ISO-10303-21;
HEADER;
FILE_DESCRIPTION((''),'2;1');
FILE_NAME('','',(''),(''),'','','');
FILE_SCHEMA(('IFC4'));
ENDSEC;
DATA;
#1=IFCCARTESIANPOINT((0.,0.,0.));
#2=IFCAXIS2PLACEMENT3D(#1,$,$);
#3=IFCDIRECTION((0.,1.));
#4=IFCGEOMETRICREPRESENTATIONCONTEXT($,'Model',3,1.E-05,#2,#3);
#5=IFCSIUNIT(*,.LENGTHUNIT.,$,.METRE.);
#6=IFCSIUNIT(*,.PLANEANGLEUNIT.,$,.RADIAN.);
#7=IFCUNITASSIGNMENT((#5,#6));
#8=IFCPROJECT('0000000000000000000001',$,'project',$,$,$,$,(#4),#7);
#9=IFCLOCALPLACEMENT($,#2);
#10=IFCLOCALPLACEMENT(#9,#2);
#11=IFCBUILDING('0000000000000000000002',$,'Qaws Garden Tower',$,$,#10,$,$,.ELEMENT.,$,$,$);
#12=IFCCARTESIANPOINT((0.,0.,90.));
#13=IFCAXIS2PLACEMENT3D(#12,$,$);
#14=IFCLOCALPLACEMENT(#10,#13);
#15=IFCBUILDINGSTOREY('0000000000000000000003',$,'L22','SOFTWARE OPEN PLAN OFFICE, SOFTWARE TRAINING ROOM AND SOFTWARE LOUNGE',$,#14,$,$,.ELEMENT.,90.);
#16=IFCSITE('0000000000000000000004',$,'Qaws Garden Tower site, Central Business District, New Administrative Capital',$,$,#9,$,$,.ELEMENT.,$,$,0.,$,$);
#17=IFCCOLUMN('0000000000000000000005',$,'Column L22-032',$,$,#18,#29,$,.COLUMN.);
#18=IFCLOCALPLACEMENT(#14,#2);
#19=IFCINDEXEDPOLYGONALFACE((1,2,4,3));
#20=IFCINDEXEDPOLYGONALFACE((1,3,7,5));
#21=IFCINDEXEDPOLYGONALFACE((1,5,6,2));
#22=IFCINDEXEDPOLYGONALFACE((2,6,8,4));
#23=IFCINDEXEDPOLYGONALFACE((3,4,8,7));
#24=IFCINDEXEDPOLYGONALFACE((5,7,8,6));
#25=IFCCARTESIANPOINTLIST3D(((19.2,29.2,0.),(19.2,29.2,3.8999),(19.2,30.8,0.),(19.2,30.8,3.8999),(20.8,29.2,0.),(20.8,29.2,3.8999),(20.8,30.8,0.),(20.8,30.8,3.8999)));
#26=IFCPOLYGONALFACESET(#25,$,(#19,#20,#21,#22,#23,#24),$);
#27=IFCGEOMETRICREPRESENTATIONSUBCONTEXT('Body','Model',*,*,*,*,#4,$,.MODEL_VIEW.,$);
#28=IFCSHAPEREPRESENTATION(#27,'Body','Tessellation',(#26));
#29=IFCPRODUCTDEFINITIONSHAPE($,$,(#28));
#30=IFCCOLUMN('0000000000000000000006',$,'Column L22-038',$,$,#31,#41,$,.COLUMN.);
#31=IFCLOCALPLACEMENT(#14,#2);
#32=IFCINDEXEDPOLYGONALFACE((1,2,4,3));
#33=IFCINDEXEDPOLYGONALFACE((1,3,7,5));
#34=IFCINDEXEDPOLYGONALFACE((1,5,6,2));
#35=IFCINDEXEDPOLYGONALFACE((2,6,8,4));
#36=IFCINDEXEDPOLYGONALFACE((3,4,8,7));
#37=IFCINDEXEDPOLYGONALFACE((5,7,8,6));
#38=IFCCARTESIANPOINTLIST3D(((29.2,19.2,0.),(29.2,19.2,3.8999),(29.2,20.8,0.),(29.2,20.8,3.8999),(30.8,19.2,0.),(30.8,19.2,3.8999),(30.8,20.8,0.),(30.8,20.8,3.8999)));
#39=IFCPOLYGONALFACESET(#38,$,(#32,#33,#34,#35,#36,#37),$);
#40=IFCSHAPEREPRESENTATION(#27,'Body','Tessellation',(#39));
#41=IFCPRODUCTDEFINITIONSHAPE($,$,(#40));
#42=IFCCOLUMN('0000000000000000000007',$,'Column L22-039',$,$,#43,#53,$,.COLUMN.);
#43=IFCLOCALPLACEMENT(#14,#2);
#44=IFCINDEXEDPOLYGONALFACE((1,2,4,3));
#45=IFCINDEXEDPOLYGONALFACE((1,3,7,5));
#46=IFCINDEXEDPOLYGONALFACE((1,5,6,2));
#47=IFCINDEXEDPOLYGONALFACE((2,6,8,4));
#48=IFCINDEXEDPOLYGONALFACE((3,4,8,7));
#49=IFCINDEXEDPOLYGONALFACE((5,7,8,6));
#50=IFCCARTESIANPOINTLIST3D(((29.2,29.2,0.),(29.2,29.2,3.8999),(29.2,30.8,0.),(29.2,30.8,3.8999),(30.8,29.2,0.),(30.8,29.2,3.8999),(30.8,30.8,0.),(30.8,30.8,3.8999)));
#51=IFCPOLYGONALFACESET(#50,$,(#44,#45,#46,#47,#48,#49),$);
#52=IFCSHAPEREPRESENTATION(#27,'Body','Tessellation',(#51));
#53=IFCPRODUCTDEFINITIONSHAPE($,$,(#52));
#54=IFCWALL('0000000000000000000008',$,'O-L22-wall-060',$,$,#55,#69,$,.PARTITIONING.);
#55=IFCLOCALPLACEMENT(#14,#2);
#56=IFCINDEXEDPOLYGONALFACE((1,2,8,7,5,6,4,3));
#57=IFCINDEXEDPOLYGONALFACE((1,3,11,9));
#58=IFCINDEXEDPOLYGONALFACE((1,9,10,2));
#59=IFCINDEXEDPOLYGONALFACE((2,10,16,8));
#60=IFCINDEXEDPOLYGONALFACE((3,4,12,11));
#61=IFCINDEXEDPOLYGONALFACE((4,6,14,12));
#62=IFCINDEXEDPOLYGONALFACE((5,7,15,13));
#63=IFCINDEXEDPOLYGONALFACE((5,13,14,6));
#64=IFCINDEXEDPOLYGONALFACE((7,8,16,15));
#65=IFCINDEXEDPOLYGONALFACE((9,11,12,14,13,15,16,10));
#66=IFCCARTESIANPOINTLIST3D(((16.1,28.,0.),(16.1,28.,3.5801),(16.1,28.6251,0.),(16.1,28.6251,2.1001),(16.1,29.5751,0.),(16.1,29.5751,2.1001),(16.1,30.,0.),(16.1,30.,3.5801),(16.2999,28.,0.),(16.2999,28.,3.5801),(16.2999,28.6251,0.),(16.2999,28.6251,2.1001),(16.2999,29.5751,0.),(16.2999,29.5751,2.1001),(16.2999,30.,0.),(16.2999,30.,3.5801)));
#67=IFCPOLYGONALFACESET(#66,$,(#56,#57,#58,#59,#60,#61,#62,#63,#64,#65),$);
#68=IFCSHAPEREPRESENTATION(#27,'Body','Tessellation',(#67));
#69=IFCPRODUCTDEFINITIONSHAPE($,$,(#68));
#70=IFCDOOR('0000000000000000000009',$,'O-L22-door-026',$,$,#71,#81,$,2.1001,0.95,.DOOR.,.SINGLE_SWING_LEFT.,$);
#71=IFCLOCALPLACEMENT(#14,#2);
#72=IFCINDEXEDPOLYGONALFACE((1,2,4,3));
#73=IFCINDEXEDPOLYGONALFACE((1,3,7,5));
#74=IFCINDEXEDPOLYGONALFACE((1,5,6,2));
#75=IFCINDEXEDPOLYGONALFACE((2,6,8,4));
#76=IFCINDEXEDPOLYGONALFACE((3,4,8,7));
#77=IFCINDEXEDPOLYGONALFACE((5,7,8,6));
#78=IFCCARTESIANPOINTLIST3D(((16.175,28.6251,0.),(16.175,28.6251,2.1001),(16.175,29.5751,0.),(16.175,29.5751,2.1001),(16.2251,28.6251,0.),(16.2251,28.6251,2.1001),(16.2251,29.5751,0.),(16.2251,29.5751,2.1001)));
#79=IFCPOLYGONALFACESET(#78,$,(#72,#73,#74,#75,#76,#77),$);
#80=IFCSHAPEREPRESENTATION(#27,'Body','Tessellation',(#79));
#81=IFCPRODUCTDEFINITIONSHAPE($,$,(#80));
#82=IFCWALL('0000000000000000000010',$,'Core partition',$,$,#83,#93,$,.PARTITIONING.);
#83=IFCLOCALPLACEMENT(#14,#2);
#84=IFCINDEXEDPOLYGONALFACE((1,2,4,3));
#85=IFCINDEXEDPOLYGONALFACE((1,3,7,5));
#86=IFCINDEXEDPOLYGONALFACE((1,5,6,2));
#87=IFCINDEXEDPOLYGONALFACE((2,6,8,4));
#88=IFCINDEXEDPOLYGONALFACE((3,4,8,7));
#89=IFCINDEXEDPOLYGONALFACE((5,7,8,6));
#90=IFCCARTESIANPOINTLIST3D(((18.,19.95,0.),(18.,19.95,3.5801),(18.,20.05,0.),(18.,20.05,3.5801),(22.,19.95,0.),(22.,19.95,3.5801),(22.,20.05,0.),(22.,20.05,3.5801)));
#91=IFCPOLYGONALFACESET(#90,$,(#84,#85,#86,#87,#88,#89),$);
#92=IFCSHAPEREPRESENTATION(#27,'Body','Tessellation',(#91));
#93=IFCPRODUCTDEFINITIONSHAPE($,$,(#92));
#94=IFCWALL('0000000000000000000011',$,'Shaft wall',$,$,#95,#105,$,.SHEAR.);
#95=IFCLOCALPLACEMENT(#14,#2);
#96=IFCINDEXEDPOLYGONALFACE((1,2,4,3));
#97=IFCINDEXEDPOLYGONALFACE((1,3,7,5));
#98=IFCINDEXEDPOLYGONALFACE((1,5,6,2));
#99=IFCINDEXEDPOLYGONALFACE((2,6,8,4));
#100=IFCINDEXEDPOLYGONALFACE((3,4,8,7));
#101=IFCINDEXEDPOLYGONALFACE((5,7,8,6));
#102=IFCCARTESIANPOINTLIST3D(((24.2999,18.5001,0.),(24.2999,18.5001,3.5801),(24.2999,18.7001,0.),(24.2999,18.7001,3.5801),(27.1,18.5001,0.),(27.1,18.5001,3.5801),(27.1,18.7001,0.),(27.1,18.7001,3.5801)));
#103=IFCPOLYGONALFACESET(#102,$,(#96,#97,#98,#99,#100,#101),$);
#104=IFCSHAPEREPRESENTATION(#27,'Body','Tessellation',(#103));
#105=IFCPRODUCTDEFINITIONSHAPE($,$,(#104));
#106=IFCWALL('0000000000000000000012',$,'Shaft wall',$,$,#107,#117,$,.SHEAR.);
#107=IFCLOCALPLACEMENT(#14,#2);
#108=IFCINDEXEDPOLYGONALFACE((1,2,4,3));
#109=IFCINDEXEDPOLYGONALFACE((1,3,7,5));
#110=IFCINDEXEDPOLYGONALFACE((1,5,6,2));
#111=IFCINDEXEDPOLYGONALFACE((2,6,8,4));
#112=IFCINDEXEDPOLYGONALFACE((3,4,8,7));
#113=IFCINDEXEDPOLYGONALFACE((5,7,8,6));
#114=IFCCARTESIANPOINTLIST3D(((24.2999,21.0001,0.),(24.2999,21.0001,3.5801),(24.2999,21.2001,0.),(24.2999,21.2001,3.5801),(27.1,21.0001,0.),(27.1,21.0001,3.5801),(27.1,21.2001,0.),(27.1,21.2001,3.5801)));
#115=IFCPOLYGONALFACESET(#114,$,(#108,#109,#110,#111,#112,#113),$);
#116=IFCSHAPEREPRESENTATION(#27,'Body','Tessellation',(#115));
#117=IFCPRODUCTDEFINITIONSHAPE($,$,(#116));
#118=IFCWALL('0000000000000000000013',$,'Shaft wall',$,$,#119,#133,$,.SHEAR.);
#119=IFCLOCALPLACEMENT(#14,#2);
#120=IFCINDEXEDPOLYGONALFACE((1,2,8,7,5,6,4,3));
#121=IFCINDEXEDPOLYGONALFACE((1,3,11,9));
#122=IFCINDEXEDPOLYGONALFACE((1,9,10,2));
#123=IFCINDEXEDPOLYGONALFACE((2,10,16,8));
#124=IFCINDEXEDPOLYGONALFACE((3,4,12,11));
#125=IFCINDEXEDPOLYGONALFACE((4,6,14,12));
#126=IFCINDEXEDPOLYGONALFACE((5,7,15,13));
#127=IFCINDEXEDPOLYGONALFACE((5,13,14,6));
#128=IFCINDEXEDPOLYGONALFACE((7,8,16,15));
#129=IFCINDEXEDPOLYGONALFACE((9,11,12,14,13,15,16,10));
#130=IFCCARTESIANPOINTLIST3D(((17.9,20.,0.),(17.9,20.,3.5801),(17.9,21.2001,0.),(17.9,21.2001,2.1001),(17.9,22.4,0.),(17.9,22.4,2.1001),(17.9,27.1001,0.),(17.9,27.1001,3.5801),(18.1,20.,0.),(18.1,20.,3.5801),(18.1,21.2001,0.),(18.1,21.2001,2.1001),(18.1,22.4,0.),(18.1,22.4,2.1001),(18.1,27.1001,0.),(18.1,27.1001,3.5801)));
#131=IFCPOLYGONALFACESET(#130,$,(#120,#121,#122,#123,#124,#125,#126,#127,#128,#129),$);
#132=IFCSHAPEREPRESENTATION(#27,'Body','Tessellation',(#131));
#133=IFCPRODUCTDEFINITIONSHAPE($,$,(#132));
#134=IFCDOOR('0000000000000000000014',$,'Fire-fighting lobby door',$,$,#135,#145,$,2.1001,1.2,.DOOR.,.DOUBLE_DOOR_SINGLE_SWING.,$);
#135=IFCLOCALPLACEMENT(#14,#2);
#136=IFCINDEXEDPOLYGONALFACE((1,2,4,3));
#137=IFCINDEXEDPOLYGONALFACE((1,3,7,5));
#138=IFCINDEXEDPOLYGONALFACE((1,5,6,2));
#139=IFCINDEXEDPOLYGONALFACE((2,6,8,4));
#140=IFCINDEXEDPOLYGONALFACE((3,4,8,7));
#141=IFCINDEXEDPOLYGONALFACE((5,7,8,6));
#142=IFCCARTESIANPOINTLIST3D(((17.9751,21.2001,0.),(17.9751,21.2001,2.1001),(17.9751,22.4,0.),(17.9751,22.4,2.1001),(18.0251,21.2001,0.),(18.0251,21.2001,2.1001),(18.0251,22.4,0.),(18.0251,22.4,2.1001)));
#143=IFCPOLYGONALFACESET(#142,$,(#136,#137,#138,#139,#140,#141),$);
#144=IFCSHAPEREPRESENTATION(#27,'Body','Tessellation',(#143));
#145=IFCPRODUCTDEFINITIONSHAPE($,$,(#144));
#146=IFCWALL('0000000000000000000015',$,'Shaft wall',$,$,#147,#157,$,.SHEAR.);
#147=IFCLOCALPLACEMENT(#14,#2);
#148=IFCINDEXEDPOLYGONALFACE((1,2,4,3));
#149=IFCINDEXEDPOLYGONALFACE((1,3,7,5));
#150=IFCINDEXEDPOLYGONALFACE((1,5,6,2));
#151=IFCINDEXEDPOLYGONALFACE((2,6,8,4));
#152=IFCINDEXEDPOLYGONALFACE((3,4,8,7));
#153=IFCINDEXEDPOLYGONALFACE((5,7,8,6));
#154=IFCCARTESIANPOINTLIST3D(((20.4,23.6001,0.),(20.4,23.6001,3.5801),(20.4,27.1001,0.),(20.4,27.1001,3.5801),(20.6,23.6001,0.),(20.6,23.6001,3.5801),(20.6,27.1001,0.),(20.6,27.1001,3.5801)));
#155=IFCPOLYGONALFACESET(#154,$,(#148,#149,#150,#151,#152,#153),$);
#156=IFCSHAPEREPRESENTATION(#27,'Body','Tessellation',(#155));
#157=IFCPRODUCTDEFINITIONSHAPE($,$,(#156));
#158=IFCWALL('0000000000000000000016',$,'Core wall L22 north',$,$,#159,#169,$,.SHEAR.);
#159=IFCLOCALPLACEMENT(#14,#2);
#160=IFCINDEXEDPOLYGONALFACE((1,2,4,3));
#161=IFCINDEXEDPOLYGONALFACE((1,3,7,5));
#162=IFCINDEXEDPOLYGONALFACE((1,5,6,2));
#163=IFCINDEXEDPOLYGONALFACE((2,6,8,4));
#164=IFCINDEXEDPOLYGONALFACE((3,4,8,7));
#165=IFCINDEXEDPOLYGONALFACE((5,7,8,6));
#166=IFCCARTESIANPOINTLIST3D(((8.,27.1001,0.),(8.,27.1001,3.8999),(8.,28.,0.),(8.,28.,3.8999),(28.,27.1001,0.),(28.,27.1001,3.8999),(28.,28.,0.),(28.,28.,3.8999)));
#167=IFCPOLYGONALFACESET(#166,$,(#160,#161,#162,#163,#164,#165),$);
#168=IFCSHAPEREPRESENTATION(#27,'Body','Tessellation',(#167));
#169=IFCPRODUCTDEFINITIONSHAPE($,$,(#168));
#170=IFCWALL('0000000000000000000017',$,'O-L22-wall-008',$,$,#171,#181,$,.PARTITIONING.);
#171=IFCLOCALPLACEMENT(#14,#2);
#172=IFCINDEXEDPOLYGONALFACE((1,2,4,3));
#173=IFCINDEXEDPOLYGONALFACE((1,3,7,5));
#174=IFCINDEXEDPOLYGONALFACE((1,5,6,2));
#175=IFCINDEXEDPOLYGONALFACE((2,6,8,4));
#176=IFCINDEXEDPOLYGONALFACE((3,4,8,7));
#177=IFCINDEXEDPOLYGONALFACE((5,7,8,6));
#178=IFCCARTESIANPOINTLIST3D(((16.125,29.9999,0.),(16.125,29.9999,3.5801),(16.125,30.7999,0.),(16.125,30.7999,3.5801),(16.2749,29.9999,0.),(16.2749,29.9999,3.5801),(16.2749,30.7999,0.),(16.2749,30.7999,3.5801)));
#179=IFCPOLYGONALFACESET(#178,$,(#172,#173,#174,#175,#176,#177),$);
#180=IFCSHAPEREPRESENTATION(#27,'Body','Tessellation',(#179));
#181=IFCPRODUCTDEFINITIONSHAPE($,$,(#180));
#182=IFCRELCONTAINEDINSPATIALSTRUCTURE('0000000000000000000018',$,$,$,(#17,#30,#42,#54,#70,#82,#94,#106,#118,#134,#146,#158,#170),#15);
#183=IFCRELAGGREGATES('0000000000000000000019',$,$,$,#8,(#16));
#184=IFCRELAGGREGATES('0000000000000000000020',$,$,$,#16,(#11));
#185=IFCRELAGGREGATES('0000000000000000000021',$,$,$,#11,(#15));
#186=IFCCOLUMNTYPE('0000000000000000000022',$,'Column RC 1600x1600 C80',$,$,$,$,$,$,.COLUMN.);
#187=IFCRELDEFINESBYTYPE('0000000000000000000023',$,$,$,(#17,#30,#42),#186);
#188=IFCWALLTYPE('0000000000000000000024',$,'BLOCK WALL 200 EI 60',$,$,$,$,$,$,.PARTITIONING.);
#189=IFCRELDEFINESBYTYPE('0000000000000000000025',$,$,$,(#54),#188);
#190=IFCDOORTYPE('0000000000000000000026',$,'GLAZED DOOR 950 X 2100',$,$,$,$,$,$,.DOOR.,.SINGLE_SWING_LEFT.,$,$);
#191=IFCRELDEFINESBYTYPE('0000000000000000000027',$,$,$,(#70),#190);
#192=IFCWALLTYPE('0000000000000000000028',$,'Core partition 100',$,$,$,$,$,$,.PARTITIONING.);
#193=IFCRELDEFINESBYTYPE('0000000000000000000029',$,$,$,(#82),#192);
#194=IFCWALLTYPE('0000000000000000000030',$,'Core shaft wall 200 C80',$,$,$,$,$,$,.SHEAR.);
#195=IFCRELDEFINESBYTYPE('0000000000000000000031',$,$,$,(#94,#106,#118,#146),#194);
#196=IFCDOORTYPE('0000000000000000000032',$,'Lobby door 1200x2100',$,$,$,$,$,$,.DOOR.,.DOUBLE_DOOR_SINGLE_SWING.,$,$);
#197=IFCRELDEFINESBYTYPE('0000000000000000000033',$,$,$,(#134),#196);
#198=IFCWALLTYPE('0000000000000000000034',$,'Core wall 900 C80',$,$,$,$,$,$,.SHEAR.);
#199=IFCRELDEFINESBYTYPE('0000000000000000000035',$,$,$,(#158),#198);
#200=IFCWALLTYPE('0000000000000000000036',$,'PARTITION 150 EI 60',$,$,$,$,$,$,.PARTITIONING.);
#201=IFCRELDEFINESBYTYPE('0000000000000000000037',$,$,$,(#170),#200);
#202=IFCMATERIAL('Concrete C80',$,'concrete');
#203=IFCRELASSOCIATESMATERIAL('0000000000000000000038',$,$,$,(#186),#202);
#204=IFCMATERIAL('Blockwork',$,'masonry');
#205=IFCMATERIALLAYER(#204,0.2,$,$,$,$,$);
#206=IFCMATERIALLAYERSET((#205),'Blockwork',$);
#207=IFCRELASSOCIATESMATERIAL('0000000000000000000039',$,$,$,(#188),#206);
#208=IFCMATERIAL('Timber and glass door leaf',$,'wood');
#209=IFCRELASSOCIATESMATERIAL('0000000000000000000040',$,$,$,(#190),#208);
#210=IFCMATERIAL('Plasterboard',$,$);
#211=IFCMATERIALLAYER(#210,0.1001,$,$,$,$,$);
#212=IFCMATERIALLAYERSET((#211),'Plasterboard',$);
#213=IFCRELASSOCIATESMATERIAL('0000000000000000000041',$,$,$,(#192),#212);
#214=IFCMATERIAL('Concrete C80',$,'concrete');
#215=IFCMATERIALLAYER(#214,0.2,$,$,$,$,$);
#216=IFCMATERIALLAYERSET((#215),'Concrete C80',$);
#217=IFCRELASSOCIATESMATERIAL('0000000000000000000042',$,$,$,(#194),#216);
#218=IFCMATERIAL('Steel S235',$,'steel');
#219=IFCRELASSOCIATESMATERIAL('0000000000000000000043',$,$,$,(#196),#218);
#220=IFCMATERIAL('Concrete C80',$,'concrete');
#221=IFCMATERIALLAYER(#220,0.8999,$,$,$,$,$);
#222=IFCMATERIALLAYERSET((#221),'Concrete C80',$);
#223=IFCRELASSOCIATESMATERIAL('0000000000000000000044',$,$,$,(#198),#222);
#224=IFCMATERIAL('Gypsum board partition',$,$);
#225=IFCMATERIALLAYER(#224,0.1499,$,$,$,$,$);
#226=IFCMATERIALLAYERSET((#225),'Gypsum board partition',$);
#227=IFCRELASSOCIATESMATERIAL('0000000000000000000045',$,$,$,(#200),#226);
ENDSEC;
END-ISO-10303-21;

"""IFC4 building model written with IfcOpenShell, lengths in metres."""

from ifc_helpers import new_model, si_unit, direction, frame, frame_2d, origin, origin_2d, place, context, subcontext, project, spatial, rectangle, extrude, material, layer, layer_set, material_profile, profile_set, type_object, element, fill, save


model = new_model("IFC4")

# Units and contexts
model_context = context("Model", 3, precision=1e-05, world=origin(), true_north=direction((0.0, 1.0)))
body_context = subcontext(model_context, "Body", "Model", "MODEL_VIEW")
ifc_project = project(units=[si_unit("LENGTHUNIT", "METRE"), si_unit("PLANEANGLEUNIT", "RADIAN")], contexts=[model_context])

# Site, building, storey
site_placement = place(None, origin())
site = spatial("IfcSite", under=ifc_project, at=site_placement, Name="Qaws Garden Tower site, Central Business District, New Administrative Capital", CompositionType="ELEMENT", RefElevation=0.0)
building_placement = place(site_placement, origin())
building = spatial("IfcBuilding", under=site, at=building_placement, Name="Qaws Garden Tower", CompositionType="ELEMENT")
storey_placement = place(building_placement, frame((0.0, 0.0, 90.0)))
storey = spatial("IfcBuildingStorey", under=building, at=storey_placement, Name="L22", Description="SOFTWARE OPEN PLAN OFFICE, SOFTWARE TRAINING ROOM AND SOFTWARE LOUNGE", CompositionType="ELEMENT", Elevation=90.0)

# Columns
ifc_material_1 = material(Name="Concrete C80", Category="concrete")
ifc_material_profile = material_profile(ifc_material_1, rectangle(XDim=1.6001, YDim=1.6001, at=origin_2d()), Name="RC 1600x1600")
ifc_profile_set = profile_set([ifc_material_profile], Name="Concrete C80")
column_type = type_object("IfcColumnType", Name="Column RC 1600x1600 C80", PredefinedType="COLUMN", material=ifc_profile_set)
for number, where, z_axis, x_axis, name in (
    (1, (20.0, 30.0, 0.0), (0.0, 0.0, 1.0), (1.0, 0.0, 0.0), "Column L22-032"),
    (2, (30.0, 20.0, 0.0), (0.0, 0.0, 1.0), (1.0, 0.0, 0.0), "Column L22-038"),
    (3, (30.0, 30.0, 0.0), (0.0, 0.0, 1.0), (1.0, 0.0, 0.0), "Column L22-039"),
):
    element("IfcColumn", number, at=place(storey_placement, frame(where, z_axis=z_axis, x_axis=x_axis)), inside=storey, type_object=column_type, Name=name, PredefinedType="COLUMN", context=body_context, shape_type="SweptSolid", body=[
        extrude(rectangle(XDim=1.6001, YDim=1.6001, at=origin_2d()), origin(), (0.0, 0.0, 1.0), 3.8999),
    ])

# Wall, opening, door
ifc_material_2 = material(Name="Blockwork", Category="masonry")
ifc_layer_1 = layer(ifc_material_2, 0.2)
ifc_layer_set_1 = layer_set([ifc_layer_1], Name="Blockwork")
wall_type_1 = type_object("IfcWallType", Name="BLOCK WALL 200 EI 60", PredefinedType="PARTITIONING", material=ifc_layer_set_1)
wall_1_placement = place(storey_placement, frame((16.2, 28.0, 0.0), z_axis=(0.0, 0.0, 1.0), x_axis=(0.0, 1.0, 0.0)))
wall_1 = element("IfcWall", 4, at=wall_1_placement, inside=storey, type_object=wall_type_1, Name="O-L22-wall-060", PredefinedType="PARTITIONING", context=body_context, shape_type="SweptSolid", body=[
    extrude(rectangle(XDim=2.0, YDim=0.2, at=frame_2d((1.0, 0.0))), origin(), (0.0, 0.0, 1.0), 3.5801),
])
opening_1_placement = place(wall_1_placement, frame((0.625, 0.0, 0.0)))
opening_1 = element("IfcOpeningElement", 5, at=opening_1_placement, cuts=wall_1, PredefinedType="OPENING", context=body_context, shape_type="SweptSolid", body=[
    extrude(rectangle(XDim=0.95, YDim=2.1001, at=frame_2d((0.4751, 1.05))), frame((0.0, 0.1099, 0.0), z_axis=(0.0, -1.0, 0.0), x_axis=(1.0, 0.0, 0.0)), (0.0, 0.0, 1.0), 0.22),
])
ifc_material_3 = material(Name="Timber and glass door leaf", Category="wood")
door_type_1 = type_object("IfcDoorType", Name="GLAZED DOOR 950 X 2100", OperationType="SINGLE_SWING_LEFT", PredefinedType="DOOR", material=ifc_material_3)
door_1_placement = place(opening_1_placement, origin())
door_1 = element("IfcDoor", 6, at=door_1_placement, inside=storey, type_object=door_type_1, Name="O-L22-door-026", OperationType="SINGLE_SWING_LEFT", OverallHeight=2.1001, OverallWidth=0.95, PredefinedType="DOOR", context=body_context, shape_type="SweptSolid", body=[
    extrude(rectangle(XDim=0.95, YDim=2.1001, at=frame_2d((0.4751, 1.05))), frame((0.0, 0.0249, 0.0), z_axis=(0.0, -1.0, 0.0), x_axis=(1.0, 0.0, 0.0)), (0.0, 0.0, 1.0), 0.05),
])
fill(opening_1, door_1)

# Walls
ifc_material_4 = material(Name="Plasterboard")
ifc_layer_2 = layer(ifc_material_4, 0.1001)
ifc_layer_set_2 = layer_set([ifc_layer_2], Name="Plasterboard")
wall_type_2 = type_object("IfcWallType", Name="Core partition 100", PredefinedType="PARTITIONING", material=ifc_layer_set_2)
wall_2_placement = place(storey_placement, frame((18.0, 20.0, 0.0), z_axis=(0.0, 0.0, 1.0), x_axis=(1.0, 0.0, 0.0)))
element("IfcWall", 7, at=wall_2_placement, inside=storey, type_object=wall_type_2, Name="Core partition", PredefinedType="PARTITIONING", context=body_context, shape_type="SweptSolid", body=[
    extrude(rectangle(XDim=4.0, YDim=0.1001, at=frame_2d((2.0, 0.0))), origin(), (0.0, 0.0, 1.0), 3.5801),
])
ifc_material_5 = material(Name="Concrete C80", Category="concrete")
ifc_layer_3 = layer(ifc_material_5, 0.2)
ifc_layer_set_3 = layer_set([ifc_layer_3], Name="Concrete C80")
wall_type_3 = type_object("IfcWallType", Name="Core shaft wall 200 C80", PredefinedType="SHEAR", material=ifc_layer_set_3)
for number, where, z_axis, x_axis, name in (
    (8, (24.3, 18.6001, 0.0), (0.0, 0.0, 1.0), (1.0, 0.0, 0.0), "Shaft wall"),
    (9, (24.3, 21.1001, 0.0), (0.0, 0.0, 1.0), (1.0, 0.0, 0.0), "Shaft wall"),
):
    element("IfcWall", number, at=place(storey_placement, frame(where, z_axis=z_axis, x_axis=x_axis)), inside=storey, type_object=wall_type_3, Name=name, PredefinedType="SHEAR", context=body_context, shape_type="SweptSolid", body=[
        extrude(rectangle(XDim=2.8, YDim=0.2, at=frame_2d((1.3999, 0.0))), origin(), (0.0, 0.0, 1.0), 3.5801),
    ])

# Wall, opening, door
wall_3_placement = place(storey_placement, frame((18.0, 20.0, 0.0), z_axis=(0.0, 0.0, 1.0), x_axis=(0.0, 1.0, 0.0)))
wall_3 = element("IfcWall", 10, at=wall_3_placement, inside=storey, type_object=wall_type_3, Name="Shaft wall", PredefinedType="SHEAR", context=body_context, shape_type="SweptSolid", body=[
    extrude(rectangle(XDim=7.1001, YDim=0.2, at=frame_2d((3.55, 0.0))), origin(), (0.0, 0.0, 1.0), 3.5801),
])
opening_2_placement = place(wall_3_placement, frame((1.2, 0.0, 0.0)))
opening_2 = element("IfcOpeningElement", 11, at=opening_2_placement, cuts=wall_3, PredefinedType="OPENING", context=body_context, shape_type="SweptSolid", body=[
    extrude(rectangle(XDim=1.2, YDim=2.1001, at=frame_2d((0.6001, 1.05))), frame((0.0, 0.1099, 0.0), z_axis=(0.0, -1.0, 0.0), x_axis=(1.0, 0.0, 0.0)), (0.0, 0.0, 1.0), 0.22),
])
ifc_material_6 = material(Name="Steel S235", Category="steel")
door_type_2 = type_object("IfcDoorType", Name="Lobby door 1200x2100", OperationType="DOUBLE_DOOR_SINGLE_SWING", PredefinedType="DOOR", material=ifc_material_6)
door_2_placement = place(opening_2_placement, origin())
door_2 = element("IfcDoor", 12, at=door_2_placement, inside=storey, type_object=door_type_2, Name="Fire-fighting lobby door", OperationType="DOUBLE_DOOR_SINGLE_SWING", OverallHeight=2.1001, OverallWidth=1.2, PredefinedType="DOOR", context=body_context, shape_type="SweptSolid", body=[
    extrude(rectangle(XDim=1.2, YDim=2.1001, at=frame_2d((0.6001, 1.05))), frame((0.0, 0.0249, 0.0), z_axis=(0.0, -1.0, 0.0), x_axis=(1.0, 0.0, 0.0)), (0.0, 0.0, 1.0), 0.05),
])
fill(opening_2, door_2)

# Walls
wall_4_placement = place(storey_placement, frame((20.5, 23.6001, 0.0), z_axis=(0.0, 0.0, 1.0), x_axis=(0.0, 1.0, 0.0)))
element("IfcWall", 13, at=wall_4_placement, inside=storey, type_object=wall_type_3, Name="Shaft wall", PredefinedType="SHEAR", context=body_context, shape_type="SweptSolid", body=[
    extrude(rectangle(XDim=3.5, YDim=0.2, at=frame_2d((1.75, 0.0))), origin(), (0.0, 0.0, 1.0), 3.5801),
])
ifc_material_7 = material(Name="Concrete C80", Category="concrete")
ifc_layer_4 = layer(ifc_material_7, 0.8999)
ifc_layer_set_4 = layer_set([ifc_layer_4], Name="Concrete C80")
wall_type_4 = type_object("IfcWallType", Name="Core wall 900 C80", PredefinedType="SHEAR", material=ifc_layer_set_4)
wall_5_placement = place(storey_placement, frame((28.0, 27.55, 0.0), z_axis=(0.0, 0.0, 1.0), x_axis=(-1.0, 0.0, 0.0)))
element("IfcWall", 14, at=wall_5_placement, inside=storey, type_object=wall_type_4, Name="Core wall L22 north", PredefinedType="SHEAR", context=body_context, shape_type="SweptSolid", body=[
    extrude(rectangle(XDim=20.0, YDim=0.8999, at=frame_2d((10.0, 0.0))), origin(), (0.0, 0.0, 1.0), 3.8999),
])
ifc_material_8 = material(Name="Gypsum board partition")
ifc_layer_5 = layer(ifc_material_8, 0.1499)
ifc_layer_set_5 = layer_set([ifc_layer_5], Name="Gypsum board partition")
wall_type_5 = type_object("IfcWallType", Name="PARTITION 150 EI 60", PredefinedType="PARTITIONING", material=ifc_layer_set_5)
wall_6_placement = place(storey_placement, frame((16.2, 30.0, 0.0), z_axis=(0.0, 0.0, 1.0), x_axis=(0.0, 1.0, 0.0)))
element("IfcWall", 15, at=wall_6_placement, inside=storey, type_object=wall_type_5, Name="O-L22-wall-008", PredefinedType="PARTITIONING", context=body_context, shape_type="SweptSolid", body=[
    extrude(rectangle(XDim=0.8, YDim=0.1499, at=frame_2d((0.3999, 0.0))), origin(), (0.0, 0.0, 1.0), 3.5801),
])

save(model, "model.ifc")
